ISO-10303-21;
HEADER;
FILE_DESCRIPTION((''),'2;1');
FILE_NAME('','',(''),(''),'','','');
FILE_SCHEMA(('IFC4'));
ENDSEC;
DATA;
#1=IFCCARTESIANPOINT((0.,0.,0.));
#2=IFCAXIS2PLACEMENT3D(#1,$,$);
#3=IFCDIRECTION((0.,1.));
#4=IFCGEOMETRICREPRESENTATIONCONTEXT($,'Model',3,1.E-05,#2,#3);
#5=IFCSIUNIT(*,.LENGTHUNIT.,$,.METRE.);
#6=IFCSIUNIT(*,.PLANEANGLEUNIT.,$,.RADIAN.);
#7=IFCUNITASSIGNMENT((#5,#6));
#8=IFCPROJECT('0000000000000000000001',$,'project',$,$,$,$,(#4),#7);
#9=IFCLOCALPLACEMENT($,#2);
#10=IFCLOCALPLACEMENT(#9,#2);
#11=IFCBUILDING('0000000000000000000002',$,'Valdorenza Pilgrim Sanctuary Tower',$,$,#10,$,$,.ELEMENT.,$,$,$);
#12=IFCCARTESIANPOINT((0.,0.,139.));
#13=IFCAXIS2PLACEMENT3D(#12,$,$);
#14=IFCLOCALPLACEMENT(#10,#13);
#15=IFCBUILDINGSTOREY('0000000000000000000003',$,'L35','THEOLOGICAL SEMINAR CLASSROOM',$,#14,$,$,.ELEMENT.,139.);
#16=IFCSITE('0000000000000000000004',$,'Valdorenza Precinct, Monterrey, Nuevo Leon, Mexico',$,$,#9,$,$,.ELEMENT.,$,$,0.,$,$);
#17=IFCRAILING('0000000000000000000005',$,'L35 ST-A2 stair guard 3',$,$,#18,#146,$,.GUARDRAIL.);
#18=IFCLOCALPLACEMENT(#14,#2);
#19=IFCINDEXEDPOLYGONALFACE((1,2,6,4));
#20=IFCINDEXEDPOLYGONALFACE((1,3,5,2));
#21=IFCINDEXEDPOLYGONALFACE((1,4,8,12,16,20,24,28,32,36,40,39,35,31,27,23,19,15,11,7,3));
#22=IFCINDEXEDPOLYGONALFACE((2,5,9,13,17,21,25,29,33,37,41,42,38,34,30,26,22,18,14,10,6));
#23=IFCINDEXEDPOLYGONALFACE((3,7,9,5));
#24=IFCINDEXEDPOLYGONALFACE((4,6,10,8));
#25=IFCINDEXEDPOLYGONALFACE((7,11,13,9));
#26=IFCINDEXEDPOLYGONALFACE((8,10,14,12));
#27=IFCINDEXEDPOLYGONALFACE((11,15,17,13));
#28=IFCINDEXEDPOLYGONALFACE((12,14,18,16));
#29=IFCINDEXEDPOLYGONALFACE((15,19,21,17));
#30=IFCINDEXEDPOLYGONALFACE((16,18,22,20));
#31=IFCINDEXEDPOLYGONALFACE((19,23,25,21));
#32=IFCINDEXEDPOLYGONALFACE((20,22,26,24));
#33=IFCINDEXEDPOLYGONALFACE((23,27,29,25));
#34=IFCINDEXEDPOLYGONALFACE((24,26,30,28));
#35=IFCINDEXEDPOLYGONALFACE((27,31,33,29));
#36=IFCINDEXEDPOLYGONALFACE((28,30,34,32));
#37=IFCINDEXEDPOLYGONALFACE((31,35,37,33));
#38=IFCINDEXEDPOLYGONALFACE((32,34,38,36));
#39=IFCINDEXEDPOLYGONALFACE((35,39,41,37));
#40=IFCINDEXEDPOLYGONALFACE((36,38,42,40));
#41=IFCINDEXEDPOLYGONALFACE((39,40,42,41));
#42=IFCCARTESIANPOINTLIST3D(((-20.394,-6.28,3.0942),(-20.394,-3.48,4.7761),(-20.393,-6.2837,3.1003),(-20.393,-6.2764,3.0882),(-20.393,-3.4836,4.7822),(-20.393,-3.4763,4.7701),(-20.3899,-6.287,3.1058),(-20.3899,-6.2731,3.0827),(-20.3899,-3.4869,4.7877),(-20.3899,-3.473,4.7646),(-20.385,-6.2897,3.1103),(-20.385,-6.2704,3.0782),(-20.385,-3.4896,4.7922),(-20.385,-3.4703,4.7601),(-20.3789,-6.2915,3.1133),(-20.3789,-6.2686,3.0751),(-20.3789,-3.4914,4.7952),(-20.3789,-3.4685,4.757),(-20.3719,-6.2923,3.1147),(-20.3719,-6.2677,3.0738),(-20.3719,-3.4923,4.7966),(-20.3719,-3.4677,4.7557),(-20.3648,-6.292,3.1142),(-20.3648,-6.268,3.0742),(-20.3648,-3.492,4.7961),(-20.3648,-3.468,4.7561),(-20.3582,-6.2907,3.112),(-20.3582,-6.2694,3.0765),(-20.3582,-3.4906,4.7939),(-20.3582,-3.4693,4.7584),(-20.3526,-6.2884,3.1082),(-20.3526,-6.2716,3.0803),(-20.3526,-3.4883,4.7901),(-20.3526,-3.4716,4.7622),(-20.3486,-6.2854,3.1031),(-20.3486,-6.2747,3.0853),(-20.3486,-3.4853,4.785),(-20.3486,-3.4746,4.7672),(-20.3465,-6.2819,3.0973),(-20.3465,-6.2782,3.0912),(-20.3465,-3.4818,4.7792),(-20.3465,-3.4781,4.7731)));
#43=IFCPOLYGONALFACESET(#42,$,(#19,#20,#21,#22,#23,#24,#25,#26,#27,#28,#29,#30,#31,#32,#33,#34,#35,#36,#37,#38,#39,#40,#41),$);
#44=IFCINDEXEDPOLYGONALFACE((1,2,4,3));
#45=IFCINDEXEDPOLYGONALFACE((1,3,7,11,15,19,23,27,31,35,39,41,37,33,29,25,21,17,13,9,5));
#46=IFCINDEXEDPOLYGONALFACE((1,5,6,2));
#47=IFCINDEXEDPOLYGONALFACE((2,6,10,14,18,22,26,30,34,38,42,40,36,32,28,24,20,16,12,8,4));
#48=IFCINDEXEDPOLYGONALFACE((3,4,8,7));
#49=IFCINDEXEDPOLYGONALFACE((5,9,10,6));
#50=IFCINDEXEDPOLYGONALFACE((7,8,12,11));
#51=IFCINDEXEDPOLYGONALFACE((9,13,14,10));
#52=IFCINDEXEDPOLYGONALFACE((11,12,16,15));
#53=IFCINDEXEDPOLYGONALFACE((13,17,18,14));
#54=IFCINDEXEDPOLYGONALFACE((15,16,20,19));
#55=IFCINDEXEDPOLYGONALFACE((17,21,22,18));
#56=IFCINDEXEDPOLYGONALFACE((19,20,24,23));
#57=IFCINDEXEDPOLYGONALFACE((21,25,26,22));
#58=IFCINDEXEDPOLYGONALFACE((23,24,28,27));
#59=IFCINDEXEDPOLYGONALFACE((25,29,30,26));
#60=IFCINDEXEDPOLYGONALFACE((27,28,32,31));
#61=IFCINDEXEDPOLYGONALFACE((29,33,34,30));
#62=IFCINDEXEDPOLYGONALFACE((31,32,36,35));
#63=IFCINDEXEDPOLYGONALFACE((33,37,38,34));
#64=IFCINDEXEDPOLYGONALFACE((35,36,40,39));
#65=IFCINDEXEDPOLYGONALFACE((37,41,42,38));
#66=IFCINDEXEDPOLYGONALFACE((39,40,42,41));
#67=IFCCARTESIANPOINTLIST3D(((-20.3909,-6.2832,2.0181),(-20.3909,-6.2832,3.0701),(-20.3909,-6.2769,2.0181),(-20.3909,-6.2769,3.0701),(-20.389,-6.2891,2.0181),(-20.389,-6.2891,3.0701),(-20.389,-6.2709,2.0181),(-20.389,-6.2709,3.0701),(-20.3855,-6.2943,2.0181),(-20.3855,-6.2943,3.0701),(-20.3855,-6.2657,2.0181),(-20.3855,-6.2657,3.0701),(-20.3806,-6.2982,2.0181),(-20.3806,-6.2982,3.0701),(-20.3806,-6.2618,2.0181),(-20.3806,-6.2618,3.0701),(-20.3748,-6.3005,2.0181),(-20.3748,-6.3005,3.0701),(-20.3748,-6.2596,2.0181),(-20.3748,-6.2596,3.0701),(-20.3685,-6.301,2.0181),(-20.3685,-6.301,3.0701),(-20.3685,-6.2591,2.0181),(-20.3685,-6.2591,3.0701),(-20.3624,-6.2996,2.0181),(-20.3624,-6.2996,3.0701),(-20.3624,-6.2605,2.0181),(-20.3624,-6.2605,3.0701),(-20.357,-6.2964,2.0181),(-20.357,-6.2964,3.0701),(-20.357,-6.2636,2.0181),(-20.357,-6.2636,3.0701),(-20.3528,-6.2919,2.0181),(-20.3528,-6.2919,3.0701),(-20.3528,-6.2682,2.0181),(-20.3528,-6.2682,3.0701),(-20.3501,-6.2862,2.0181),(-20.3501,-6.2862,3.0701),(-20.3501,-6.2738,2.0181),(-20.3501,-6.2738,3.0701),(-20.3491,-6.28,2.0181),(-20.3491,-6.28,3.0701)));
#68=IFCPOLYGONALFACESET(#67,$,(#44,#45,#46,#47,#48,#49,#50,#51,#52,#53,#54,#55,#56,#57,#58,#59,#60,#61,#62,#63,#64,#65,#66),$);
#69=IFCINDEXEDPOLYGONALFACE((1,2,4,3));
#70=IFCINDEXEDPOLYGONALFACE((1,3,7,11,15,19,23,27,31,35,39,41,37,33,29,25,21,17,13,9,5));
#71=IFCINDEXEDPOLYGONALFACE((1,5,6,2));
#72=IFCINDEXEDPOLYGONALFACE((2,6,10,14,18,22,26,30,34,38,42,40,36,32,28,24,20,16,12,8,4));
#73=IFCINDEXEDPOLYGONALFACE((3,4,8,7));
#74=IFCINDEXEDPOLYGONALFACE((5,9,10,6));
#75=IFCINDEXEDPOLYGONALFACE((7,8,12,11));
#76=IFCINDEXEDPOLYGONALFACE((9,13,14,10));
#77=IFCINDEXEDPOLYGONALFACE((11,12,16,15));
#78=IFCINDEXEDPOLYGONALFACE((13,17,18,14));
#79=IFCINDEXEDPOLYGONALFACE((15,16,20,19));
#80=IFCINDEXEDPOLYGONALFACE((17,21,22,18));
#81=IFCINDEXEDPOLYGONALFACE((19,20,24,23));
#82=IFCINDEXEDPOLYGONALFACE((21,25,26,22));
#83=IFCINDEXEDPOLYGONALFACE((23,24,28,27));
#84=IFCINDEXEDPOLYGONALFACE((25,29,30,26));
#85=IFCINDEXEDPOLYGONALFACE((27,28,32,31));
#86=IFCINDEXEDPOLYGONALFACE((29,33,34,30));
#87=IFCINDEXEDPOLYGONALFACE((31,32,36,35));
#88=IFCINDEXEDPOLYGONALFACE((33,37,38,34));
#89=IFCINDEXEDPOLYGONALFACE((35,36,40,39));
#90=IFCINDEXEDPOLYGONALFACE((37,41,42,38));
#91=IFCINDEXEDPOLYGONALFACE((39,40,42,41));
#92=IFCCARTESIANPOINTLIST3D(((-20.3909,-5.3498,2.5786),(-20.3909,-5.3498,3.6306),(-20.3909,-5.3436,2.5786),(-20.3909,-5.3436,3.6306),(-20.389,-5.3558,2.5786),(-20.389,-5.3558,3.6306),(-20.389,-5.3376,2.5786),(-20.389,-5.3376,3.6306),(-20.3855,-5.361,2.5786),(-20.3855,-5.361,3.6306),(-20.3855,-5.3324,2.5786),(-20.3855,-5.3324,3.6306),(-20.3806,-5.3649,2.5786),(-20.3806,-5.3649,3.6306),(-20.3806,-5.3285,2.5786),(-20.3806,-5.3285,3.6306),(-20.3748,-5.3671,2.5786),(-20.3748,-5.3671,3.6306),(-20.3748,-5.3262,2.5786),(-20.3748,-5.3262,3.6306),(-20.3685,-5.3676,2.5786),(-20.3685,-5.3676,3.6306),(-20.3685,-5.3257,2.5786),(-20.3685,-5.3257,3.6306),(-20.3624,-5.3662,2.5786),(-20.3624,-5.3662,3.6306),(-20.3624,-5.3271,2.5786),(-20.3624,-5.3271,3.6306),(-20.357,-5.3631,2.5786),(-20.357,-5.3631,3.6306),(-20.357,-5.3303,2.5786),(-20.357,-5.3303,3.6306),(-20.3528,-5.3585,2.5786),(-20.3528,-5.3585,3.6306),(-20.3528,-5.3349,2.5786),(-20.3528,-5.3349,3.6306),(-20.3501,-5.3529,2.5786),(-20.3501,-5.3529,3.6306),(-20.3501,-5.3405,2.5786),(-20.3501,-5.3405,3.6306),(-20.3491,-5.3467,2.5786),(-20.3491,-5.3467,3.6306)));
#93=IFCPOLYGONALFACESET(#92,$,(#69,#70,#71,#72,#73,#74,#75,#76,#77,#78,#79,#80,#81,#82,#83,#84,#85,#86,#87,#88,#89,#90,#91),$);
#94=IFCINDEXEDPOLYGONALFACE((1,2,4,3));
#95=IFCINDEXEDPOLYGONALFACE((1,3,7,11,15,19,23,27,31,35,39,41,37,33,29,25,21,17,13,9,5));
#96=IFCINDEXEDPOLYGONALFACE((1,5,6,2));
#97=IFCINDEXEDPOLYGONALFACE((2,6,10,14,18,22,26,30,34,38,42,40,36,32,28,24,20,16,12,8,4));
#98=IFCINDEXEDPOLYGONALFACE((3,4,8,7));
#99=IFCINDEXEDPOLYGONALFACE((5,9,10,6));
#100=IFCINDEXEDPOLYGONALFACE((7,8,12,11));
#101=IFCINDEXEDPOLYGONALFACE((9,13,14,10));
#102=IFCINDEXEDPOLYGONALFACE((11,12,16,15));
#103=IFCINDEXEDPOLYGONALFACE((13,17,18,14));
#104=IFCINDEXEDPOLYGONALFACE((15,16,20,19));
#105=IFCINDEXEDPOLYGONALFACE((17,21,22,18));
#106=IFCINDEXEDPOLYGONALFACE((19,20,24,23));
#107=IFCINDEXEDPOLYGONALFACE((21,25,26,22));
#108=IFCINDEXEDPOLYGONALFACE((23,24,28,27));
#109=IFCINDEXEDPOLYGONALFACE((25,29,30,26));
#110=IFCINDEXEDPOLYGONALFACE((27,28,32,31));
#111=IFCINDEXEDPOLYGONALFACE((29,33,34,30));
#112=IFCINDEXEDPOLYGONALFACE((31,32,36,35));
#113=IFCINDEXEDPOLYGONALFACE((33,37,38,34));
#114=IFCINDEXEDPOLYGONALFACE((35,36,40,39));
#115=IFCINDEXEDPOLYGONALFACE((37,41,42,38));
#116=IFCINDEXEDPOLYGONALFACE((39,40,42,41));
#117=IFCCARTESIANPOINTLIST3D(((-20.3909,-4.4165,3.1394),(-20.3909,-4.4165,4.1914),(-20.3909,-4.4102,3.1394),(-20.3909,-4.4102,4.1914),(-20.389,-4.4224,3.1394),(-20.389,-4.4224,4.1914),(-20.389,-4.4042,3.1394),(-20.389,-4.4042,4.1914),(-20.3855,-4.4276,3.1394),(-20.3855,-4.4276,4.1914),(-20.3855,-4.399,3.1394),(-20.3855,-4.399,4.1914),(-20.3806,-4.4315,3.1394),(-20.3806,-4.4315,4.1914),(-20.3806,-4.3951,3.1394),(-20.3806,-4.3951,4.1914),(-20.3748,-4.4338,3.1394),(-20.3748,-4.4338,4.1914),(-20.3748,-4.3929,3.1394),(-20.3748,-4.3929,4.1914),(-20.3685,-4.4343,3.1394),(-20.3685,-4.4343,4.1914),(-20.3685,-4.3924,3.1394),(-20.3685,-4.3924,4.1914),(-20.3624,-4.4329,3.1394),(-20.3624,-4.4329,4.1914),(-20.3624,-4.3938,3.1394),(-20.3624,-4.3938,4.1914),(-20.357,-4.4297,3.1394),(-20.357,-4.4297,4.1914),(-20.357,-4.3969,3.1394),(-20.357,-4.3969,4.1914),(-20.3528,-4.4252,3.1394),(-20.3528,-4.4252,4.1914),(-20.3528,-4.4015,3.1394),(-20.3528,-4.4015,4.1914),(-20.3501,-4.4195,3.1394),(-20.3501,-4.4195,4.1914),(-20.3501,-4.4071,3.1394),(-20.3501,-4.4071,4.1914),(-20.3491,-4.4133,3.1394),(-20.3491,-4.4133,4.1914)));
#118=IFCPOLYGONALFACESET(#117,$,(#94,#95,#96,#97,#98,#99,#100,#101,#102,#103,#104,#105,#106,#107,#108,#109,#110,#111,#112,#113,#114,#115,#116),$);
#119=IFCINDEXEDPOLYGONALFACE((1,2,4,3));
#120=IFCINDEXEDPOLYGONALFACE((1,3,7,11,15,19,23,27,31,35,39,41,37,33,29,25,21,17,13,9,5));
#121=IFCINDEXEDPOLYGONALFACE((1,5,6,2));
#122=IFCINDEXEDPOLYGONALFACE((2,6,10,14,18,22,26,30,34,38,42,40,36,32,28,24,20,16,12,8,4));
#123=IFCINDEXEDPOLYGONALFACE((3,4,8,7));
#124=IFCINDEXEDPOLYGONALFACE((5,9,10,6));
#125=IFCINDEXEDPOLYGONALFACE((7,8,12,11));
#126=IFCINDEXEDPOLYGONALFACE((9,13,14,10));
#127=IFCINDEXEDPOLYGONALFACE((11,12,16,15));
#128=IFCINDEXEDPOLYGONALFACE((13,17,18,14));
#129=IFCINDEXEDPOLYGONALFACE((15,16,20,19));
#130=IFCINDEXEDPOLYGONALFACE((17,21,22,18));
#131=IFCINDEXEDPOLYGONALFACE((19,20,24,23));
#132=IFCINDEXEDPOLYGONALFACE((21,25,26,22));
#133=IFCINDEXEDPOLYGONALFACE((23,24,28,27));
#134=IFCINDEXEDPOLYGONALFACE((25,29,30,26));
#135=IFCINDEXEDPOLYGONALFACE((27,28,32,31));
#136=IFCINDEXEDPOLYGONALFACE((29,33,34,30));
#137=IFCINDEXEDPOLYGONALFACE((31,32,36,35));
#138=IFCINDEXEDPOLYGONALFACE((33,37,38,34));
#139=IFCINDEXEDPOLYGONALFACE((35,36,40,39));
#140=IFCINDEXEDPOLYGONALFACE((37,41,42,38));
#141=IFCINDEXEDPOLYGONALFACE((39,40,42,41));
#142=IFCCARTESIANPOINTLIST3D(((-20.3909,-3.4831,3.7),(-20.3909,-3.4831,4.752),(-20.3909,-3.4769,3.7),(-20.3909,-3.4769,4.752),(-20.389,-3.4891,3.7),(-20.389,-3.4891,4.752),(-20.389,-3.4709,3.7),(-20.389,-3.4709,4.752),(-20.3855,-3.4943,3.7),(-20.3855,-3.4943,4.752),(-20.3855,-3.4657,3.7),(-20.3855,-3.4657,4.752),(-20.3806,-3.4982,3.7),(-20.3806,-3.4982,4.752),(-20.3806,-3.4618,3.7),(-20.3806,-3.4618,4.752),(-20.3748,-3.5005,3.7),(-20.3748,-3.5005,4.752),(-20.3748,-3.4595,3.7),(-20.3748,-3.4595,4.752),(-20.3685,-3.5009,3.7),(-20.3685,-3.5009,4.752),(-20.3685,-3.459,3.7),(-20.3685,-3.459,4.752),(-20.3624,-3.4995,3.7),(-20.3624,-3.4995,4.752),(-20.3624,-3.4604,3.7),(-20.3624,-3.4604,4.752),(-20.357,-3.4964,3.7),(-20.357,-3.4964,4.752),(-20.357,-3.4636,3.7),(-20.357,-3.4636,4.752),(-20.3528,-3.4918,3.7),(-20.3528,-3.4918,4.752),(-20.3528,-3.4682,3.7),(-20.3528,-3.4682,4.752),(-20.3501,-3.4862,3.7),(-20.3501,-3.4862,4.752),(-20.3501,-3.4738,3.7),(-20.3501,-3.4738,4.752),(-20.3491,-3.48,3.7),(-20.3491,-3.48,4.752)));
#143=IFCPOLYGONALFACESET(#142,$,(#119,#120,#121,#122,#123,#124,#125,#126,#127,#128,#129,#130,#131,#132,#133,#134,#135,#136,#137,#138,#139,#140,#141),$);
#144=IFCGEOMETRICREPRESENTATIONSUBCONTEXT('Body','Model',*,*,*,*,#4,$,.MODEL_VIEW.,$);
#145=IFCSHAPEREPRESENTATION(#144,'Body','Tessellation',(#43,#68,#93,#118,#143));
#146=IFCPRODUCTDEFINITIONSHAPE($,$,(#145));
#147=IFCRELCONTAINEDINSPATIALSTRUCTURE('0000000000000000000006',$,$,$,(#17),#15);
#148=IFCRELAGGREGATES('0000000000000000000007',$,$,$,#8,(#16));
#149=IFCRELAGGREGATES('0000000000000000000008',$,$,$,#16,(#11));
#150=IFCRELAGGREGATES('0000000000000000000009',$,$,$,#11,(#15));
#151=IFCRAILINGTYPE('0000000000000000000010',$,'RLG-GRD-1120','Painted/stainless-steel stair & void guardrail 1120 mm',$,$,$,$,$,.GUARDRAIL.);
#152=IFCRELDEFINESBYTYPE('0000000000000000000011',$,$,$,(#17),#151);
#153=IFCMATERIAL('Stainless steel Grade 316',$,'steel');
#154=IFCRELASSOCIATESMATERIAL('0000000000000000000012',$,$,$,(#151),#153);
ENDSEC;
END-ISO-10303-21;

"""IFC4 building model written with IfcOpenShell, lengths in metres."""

from ifc_helpers import new_model, si_unit, direction, frame, origin, origin_2d, place, context, subcontext, project, spatial, circle, extrude, material, type_object, element, save


model = new_model("IFC4")

# Units and contexts
model_context = context("Model", 3, precision=1e-05, world=origin(), true_north=direction((0.0, 1.0)))
body_context = subcontext(model_context, "Body", "Model", "MODEL_VIEW")
ifc_project = project(units=[si_unit("LENGTHUNIT", "METRE"), si_unit("PLANEANGLEUNIT", "RADIAN")], contexts=[model_context])

# Site, building, storey
site_placement = place(None, origin())
site = spatial("IfcSite", under=ifc_project, at=site_placement, Name="Valdorenza Precinct, Monterrey, Nuevo Leon, Mexico", CompositionType="ELEMENT", RefElevation=0.0)
building_placement = place(site_placement, origin())
building = spatial("IfcBuilding", under=site, at=building_placement, Name="Valdorenza Pilgrim Sanctuary Tower", CompositionType="ELEMENT")
storey_placement = place(building_placement, frame((0.0, 0.0, 139.0)))
storey = spatial("IfcBuildingStorey", under=building, at=storey_placement, Name="L35", Description="THEOLOGICAL SEMINAR CLASSROOM", CompositionType="ELEMENT", Elevation=139.0)

# Railing
ifc_material_1 = material(Name="Stainless steel Grade 316", Category="steel")
railing_type_1 = type_object("IfcRailingType", Name="RLG-GRD-1120", Description="Painted/stainless-steel stair & void guardrail 1120 mm", PredefinedType="GUARDRAIL", material=ifc_material_1)
railing_1_placement = place(storey_placement, frame((-20.3701, -6.28, 2.0181)))
element("IfcRailing", 1, at=railing_1_placement, inside=storey, type_object=railing_type_1, Name="L35 ST-A2 stair guard 3", PredefinedType="GUARDRAIL", context=body_context, shape_type="SweptSolid", body=[
    extrude(circle(Radius=0.0239, at=origin_2d()), frame((0.0, 0.0, 1.0762), z_axis=(0.0, 0.857242, 0.514913), x_axis=(-1.0, 0.0, 0.0)), (0.0, 0.0, 1.0), 3.2664),
    extrude(circle(Radius=0.021, at=origin_2d()), origin(), (0.0, 0.0, 1.0), 1.052),
    extrude(circle(Radius=0.021, at=origin_2d()), frame((0.0, 0.9333, 0.5605)), (0.0, 0.0, 1.0), 1.052),
    extrude(circle(Radius=0.021, at=origin_2d()), frame((0.0, 1.8667, 1.1213)), (0.0, 0.0, 1.0), 1.052),
    extrude(circle(Radius=0.021, at=origin_2d()), frame((0.0, 2.8, 1.6819)), (0.0, 0.0, 1.0), 1.052),
])

save(model, "model.ifc")
